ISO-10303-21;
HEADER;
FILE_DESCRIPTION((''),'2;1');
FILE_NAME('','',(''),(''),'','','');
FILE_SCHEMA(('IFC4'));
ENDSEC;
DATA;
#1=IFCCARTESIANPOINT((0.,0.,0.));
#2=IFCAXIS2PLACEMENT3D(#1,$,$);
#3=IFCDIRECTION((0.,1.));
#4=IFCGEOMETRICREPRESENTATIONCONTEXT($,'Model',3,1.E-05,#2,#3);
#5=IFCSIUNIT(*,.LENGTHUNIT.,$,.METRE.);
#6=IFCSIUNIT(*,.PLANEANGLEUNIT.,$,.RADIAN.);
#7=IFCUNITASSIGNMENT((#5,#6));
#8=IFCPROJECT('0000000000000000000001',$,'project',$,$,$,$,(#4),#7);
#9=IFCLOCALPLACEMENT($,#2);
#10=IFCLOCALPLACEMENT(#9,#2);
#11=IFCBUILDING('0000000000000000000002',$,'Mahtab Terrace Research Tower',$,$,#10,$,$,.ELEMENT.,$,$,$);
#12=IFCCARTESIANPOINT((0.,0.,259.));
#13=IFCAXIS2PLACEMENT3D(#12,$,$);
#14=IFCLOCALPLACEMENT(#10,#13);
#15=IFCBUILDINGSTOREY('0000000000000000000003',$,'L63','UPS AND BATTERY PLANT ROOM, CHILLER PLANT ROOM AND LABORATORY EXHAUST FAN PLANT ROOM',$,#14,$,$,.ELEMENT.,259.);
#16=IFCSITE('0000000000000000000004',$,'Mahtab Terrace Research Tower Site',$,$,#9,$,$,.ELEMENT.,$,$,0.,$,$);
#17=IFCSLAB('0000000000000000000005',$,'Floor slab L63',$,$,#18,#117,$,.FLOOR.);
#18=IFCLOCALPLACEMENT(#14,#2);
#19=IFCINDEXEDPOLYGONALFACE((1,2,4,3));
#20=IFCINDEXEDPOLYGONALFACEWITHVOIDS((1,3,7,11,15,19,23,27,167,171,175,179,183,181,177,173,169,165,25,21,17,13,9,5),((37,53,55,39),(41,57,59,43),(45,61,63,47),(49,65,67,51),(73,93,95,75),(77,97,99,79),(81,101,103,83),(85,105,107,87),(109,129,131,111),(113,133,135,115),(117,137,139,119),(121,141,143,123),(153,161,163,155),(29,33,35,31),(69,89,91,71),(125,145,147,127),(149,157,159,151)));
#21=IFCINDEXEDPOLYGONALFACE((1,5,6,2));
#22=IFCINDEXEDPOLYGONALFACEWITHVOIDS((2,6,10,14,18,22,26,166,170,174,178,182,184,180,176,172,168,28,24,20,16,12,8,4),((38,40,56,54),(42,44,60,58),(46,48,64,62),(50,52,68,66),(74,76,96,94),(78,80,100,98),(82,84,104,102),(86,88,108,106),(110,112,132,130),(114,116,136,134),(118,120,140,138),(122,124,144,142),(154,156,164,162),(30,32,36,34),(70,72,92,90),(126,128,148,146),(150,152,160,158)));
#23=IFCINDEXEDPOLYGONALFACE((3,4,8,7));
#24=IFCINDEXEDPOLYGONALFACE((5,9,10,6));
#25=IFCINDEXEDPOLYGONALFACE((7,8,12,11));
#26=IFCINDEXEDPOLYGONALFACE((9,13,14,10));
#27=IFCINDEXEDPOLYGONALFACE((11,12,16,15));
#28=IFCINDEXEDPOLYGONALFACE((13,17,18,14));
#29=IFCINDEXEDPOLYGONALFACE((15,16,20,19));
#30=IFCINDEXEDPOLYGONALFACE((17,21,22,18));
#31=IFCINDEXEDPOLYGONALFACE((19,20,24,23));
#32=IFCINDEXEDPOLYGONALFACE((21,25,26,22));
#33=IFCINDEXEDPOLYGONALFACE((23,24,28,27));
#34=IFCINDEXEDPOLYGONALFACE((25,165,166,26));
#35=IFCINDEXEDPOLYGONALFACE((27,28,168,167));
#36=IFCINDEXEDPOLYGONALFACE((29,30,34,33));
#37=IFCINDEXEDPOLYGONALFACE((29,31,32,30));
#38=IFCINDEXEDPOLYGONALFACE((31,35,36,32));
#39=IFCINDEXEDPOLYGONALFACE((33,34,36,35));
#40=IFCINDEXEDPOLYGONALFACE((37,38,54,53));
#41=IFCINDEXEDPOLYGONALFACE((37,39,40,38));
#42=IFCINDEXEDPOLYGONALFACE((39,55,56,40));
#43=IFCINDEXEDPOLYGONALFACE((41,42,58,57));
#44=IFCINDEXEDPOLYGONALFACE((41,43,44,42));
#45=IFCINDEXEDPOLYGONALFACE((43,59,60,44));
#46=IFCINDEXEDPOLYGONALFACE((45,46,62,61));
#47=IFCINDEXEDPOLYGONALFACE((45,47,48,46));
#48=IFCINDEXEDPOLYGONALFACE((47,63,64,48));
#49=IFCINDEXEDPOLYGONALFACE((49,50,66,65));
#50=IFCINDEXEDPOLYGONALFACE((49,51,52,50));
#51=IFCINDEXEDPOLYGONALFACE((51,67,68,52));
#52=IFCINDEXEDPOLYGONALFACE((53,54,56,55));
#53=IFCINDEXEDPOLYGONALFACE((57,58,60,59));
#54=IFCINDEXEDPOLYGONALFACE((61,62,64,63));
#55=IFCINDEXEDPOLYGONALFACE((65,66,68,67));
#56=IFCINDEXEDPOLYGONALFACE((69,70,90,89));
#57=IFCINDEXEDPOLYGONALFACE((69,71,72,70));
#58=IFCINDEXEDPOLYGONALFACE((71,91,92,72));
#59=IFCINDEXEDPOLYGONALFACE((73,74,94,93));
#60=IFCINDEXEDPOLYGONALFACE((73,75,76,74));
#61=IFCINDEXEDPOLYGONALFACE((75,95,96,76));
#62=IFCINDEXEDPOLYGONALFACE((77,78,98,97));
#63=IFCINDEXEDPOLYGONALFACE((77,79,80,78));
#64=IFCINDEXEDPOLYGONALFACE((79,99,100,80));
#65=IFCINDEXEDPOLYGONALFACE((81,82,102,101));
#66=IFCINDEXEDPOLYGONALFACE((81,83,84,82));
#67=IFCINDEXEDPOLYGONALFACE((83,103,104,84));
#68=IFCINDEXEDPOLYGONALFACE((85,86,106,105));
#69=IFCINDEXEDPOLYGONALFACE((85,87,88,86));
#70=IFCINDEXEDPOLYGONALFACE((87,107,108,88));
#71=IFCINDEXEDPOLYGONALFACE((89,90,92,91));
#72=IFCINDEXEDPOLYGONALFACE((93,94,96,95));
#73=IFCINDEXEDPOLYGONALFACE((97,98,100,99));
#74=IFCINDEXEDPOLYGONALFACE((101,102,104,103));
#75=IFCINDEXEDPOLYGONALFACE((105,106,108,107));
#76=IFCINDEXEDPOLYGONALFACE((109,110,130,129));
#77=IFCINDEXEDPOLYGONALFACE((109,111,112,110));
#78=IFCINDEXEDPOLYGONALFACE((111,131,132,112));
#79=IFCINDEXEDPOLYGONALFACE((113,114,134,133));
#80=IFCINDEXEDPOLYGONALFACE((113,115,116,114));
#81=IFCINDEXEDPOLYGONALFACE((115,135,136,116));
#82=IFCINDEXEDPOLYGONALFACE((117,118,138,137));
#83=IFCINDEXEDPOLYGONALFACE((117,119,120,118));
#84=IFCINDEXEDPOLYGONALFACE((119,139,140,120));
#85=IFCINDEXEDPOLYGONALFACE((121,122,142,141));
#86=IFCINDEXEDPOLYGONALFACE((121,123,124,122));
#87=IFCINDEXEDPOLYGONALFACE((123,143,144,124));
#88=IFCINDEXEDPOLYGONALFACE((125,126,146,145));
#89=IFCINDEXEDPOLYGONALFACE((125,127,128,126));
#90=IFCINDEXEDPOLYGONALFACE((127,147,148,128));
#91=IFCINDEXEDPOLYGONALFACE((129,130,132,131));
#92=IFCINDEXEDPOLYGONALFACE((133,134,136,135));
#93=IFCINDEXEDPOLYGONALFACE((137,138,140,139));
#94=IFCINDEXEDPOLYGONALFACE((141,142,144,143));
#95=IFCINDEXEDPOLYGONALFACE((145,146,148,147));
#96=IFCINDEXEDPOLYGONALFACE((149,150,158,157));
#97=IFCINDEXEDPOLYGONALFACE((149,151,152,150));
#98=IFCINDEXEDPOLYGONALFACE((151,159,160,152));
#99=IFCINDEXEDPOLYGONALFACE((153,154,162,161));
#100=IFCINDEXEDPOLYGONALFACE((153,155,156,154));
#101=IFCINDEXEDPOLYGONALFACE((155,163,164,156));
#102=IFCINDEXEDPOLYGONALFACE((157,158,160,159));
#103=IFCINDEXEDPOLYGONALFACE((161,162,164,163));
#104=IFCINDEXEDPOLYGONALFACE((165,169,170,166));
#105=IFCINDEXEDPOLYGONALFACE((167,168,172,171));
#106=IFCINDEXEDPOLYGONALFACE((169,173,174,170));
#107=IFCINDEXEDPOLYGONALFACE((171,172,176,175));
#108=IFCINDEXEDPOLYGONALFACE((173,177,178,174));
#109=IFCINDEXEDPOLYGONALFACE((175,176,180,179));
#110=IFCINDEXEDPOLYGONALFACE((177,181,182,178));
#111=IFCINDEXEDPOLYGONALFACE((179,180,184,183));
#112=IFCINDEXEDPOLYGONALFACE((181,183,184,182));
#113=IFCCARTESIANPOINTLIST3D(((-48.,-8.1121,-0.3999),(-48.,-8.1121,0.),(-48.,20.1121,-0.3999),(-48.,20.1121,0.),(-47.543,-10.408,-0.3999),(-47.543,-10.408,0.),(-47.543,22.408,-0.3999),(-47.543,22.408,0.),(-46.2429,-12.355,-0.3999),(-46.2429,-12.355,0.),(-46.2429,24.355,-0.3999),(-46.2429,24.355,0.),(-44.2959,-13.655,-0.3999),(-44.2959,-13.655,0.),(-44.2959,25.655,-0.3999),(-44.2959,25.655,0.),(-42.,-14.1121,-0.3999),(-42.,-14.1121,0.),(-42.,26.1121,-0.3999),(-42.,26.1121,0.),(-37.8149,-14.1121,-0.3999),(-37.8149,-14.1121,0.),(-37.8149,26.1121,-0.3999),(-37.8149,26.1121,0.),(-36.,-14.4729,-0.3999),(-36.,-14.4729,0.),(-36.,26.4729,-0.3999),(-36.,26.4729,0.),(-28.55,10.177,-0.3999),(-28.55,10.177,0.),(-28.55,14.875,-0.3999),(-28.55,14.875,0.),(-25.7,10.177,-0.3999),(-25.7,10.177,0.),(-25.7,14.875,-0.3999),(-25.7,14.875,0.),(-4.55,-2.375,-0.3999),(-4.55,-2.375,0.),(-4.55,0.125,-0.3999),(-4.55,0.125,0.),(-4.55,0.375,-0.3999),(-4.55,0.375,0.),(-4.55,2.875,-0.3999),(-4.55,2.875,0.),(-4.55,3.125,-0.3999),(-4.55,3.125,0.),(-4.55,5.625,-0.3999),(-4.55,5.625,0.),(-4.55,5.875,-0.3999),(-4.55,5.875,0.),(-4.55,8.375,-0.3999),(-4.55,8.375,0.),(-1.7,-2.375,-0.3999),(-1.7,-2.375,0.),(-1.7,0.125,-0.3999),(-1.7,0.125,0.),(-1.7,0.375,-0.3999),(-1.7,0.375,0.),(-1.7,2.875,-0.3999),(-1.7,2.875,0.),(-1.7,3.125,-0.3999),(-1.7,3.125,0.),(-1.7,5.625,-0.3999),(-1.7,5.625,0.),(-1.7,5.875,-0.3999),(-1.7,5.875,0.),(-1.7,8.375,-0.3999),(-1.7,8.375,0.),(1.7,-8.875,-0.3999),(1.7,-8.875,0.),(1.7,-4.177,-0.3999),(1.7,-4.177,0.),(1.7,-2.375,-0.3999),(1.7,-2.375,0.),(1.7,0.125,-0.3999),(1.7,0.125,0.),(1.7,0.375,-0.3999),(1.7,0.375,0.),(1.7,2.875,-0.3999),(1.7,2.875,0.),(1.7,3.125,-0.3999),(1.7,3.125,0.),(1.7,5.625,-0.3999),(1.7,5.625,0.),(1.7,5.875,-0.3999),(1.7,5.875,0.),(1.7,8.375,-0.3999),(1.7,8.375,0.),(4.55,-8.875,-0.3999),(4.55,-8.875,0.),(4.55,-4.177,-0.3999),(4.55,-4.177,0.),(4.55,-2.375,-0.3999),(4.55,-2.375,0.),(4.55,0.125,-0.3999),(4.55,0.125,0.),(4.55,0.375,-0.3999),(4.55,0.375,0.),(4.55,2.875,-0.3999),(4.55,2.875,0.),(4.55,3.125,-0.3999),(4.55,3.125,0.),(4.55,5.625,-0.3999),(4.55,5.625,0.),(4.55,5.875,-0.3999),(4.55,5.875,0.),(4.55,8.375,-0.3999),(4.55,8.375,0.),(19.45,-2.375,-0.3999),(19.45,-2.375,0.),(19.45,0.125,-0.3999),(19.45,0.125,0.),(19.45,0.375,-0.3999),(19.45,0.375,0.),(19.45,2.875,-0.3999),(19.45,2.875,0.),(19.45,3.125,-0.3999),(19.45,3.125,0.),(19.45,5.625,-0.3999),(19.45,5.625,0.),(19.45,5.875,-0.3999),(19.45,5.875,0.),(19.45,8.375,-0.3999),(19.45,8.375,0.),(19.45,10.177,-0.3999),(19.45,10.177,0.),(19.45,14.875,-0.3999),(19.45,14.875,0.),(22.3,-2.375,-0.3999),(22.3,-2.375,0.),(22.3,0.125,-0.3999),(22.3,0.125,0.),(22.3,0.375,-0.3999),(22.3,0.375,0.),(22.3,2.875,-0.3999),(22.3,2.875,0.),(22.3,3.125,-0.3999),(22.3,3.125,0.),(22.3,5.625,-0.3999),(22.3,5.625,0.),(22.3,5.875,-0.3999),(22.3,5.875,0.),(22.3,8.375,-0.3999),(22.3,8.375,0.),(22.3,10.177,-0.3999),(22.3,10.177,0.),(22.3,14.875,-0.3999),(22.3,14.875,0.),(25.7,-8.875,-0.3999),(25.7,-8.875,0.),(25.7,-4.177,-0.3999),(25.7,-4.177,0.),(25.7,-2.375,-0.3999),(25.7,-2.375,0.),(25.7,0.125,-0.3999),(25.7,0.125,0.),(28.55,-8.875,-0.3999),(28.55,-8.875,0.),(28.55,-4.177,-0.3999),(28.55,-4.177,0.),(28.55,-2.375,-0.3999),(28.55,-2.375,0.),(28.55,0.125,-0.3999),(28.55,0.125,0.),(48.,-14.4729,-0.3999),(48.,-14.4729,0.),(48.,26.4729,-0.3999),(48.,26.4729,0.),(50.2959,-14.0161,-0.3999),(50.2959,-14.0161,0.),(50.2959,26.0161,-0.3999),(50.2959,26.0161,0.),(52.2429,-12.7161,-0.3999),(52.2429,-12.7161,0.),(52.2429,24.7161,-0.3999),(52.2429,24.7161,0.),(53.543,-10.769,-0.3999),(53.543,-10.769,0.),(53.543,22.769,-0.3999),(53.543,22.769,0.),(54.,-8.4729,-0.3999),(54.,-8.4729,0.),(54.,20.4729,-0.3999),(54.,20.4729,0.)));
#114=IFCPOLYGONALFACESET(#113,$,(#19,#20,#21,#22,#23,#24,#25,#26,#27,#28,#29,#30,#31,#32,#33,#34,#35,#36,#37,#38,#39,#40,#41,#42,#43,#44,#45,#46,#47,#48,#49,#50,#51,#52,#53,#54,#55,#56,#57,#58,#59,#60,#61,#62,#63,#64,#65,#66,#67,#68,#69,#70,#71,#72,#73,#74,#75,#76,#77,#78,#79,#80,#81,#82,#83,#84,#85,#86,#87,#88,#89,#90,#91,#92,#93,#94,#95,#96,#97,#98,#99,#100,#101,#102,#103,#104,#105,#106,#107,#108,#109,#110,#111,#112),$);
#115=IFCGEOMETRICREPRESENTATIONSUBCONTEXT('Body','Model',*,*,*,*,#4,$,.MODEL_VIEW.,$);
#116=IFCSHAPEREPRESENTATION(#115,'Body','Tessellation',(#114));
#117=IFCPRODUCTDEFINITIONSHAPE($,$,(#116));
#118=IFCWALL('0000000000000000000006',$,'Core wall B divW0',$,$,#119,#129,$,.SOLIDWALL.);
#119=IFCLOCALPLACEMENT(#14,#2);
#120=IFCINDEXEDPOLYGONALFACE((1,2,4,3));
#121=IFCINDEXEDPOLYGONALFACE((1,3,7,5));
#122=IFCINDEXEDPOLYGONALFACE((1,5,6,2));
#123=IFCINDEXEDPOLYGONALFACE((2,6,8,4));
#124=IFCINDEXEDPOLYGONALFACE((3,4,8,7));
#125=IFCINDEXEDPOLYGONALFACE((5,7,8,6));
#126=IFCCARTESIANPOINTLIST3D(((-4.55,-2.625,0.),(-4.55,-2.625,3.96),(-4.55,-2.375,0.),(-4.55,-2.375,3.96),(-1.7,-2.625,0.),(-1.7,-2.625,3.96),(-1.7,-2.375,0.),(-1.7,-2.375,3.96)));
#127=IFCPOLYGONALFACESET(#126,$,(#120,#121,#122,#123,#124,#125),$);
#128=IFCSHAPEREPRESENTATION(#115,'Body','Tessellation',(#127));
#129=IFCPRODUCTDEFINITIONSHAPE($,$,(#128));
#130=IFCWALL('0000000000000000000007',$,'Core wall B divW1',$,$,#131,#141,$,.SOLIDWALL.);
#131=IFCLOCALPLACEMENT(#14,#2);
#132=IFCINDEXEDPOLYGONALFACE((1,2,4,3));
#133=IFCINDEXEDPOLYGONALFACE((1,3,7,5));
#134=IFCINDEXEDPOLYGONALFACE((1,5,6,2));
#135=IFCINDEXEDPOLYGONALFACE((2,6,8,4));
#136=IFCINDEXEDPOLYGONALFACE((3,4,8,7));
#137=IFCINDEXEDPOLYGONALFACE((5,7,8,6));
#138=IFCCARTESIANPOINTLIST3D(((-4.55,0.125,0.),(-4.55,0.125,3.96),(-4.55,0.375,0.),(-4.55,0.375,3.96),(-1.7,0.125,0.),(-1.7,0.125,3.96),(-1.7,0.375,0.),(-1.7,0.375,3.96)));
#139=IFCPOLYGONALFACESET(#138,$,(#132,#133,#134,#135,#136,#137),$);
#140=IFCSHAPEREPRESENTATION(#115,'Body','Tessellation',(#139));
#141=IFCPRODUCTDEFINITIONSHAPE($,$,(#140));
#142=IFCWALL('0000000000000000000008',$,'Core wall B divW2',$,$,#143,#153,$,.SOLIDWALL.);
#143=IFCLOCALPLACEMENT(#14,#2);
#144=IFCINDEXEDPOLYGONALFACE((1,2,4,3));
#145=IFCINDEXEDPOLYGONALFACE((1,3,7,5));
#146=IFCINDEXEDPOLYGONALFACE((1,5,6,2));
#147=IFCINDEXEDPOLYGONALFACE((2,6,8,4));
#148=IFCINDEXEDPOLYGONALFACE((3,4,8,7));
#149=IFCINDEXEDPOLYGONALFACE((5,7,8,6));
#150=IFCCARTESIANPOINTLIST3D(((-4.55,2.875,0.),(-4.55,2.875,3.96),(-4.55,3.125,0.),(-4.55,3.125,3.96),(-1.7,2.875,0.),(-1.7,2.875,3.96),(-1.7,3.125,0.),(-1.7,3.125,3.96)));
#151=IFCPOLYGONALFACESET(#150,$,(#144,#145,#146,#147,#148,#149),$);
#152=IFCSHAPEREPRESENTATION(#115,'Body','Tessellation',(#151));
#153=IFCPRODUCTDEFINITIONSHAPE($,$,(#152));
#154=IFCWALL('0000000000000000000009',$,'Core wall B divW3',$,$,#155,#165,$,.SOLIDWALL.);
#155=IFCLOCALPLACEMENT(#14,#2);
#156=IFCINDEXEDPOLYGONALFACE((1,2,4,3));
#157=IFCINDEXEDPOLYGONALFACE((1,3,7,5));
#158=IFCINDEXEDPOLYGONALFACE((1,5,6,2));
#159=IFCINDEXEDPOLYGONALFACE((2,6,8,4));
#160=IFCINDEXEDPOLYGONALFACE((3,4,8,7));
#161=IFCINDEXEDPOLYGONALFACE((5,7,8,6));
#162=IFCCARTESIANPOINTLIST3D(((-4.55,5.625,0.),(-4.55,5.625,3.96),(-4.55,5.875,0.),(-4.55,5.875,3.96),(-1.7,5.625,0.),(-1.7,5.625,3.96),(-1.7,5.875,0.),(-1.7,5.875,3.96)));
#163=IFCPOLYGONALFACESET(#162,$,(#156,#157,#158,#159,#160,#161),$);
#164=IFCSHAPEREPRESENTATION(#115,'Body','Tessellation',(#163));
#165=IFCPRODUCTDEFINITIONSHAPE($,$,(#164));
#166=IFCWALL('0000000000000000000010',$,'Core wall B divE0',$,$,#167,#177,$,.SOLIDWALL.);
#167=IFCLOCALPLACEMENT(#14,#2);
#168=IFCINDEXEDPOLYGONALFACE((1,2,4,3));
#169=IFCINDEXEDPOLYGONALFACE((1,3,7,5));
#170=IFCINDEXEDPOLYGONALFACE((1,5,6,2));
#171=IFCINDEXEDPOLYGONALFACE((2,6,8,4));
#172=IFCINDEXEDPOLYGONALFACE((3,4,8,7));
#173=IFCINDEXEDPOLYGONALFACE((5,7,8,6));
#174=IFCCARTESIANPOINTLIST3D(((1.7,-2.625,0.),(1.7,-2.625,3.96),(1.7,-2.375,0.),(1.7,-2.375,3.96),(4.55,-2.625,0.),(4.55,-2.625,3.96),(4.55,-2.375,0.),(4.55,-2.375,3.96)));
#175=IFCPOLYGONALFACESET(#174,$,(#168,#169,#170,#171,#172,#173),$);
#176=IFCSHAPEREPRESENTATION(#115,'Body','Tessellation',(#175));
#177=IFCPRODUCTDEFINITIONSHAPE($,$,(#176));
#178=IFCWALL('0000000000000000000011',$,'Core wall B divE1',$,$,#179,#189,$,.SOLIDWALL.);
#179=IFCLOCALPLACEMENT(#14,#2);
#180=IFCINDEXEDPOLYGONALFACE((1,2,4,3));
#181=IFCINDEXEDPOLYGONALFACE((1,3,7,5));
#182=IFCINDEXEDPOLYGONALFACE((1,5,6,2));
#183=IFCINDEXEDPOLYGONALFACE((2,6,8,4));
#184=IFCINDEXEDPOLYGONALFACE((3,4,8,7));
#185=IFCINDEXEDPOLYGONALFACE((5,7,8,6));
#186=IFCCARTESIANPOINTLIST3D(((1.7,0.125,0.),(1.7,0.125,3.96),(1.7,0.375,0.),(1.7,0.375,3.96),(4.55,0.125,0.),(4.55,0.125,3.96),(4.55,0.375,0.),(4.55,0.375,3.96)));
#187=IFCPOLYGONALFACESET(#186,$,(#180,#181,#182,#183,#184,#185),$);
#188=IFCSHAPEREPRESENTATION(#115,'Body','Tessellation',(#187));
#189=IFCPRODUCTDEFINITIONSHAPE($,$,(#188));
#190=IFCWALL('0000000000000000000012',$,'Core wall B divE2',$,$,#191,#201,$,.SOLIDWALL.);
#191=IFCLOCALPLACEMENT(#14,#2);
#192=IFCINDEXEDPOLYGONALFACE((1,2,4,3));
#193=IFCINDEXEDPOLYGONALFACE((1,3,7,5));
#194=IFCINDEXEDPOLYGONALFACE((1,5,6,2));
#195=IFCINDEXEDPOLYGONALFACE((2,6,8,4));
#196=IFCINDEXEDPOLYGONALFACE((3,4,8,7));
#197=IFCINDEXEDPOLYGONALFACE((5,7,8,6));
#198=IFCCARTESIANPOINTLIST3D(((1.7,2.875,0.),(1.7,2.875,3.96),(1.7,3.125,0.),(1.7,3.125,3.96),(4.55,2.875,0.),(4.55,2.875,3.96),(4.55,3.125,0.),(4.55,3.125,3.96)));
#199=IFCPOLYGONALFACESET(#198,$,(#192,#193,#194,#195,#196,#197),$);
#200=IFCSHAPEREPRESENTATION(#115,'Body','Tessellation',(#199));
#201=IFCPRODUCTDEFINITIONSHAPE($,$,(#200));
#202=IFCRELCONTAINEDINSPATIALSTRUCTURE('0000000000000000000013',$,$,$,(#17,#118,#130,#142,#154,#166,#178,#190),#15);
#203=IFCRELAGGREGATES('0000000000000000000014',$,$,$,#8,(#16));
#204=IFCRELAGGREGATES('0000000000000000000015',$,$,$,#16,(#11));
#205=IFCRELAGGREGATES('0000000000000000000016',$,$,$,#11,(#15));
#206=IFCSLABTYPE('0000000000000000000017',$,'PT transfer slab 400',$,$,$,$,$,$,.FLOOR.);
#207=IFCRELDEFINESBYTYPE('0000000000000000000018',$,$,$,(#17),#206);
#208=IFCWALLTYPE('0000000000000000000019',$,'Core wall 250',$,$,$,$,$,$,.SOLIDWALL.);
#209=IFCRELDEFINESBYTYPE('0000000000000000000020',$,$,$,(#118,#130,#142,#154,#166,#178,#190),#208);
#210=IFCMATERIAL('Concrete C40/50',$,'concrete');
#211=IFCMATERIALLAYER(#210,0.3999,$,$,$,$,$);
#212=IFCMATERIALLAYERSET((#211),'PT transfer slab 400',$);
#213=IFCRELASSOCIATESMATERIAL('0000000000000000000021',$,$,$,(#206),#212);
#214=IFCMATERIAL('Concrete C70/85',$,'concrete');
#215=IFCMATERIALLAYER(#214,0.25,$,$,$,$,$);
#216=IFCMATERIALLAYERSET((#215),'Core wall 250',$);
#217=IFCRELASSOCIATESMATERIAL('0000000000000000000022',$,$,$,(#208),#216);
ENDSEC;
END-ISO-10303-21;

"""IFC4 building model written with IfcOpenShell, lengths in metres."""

from ifc_helpers import new_model, si_unit, direction, frame, frame_2d, origin, place, context, subcontext, project, spatial, polyline, rectangle, outline, extrude, material, layer, layer_set, type_object, element, save


model = new_model("IFC4")

# Units and contexts
model_context = context("Model", 3, precision=1e-05, world=origin(), true_north=direction((0.0, 1.0)))
body_context = subcontext(model_context, "Body", "Model", "MODEL_VIEW")
ifc_project = project(units=[si_unit("LENGTHUNIT", "METRE"), si_unit("PLANEANGLEUNIT", "RADIAN")], contexts=[model_context])

# Site, building, storey
site_placement = place(None, origin())
site = spatial("IfcSite", under=ifc_project, at=site_placement, Name="Mahtab Terrace Research Tower Site", CompositionType="ELEMENT", RefElevation=0.0)
building_placement = place(site_placement, origin())
building = spatial("IfcBuilding", under=site, at=building_placement, Name="Mahtab Terrace Research Tower", CompositionType="ELEMENT")
storey_placement = place(building_placement, frame((0.0, 0.0, 259.0)))
storey = spatial("IfcBuildingStorey", under=building, at=storey_placement, Name="L63", Description="UPS AND BATTERY PLANT ROOM, CHILLER PLANT ROOM AND LABORATORY EXHAUST FAN PLANT ROOM", CompositionType="ELEMENT", Elevation=259.0)

# Shared definitions
ifc_material_1 = material(Name="Concrete C70/85", Category="concrete")

# Shared definitions
ifc_material_2 = material(Name="Concrete C40/50", Category="concrete")

# Slab
ifc_layer_1 = layer(ifc_material_2, 0.3999)
ifc_layer_set_1 = layer_set([ifc_layer_1], Name="PT transfer slab 400")
slab_type_1 = type_object("IfcSlabType", Name="PT transfer slab 400", PredefinedType="FLOOR", material=ifc_layer_set_1)
slab_1_placement = place(storey_placement, frame((0.0, 0.0, -0.3999)))
element("IfcSlab", 1, at=slab_1_placement, inside=storey, type_object=slab_type_1, Name="Floor slab L63", PredefinedType="FLOOR", context=body_context, shape_type="SweptSolid", body=[
    extrude(outline(polyline([(-37.8149, -14.1121), (-36.0, -14.4729), (48.0, -14.4729), (50.2959, -14.0161), (52.2429, -12.7161), (53.543, -10.769), (54.0, -8.4729), (54.0, 20.4729), (53.543, 22.769), (52.2429, 24.7161), (50.2959, 26.0161), (48.0, 26.4729), (-36.0, 26.4729), (-37.8149, 26.1121), (-42.0, 26.1121), (-44.2959, 25.655), (-46.2429, 24.355), (-47.543, 22.408), (-48.0, 20.1121), (-48.0, -8.1121), (-47.543, -10.408), (-46.2429, -12.355), (-44.2959, -13.655), (-42.0, -14.1121), (-37.8149, -14.1121)]), holes=[polyline([(-4.55, -2.375), (-4.55, 0.125), (-1.7, 0.125), (-1.7, -2.375), (-4.55, -2.375)]), polyline([(1.7, -2.375), (1.7, 0.125), (4.55, 0.125), (4.55, -2.375), (1.7, -2.375)]), polyline([(-4.55, 0.375), (-4.55, 2.875), (-1.7, 2.875), (-1.7, 0.375), (-4.55, 0.375)]), polyline([(1.7, 0.375), (1.7, 2.875), (4.55, 2.875), (4.55, 0.375), (1.7, 0.375)]), polyline([(-4.55, 3.125), (-4.55, 5.625), (-1.7, 5.625), (-1.7, 3.125), (-4.55, 3.125)]), polyline([(1.7, 3.125), (1.7, 5.625), (4.55, 5.625), (4.55, 3.125), (1.7, 3.125)]), polyline([(-4.55, 5.875), (-4.55, 8.375), (-1.7, 8.375), (-1.7, 5.875), (-4.55, 5.875)]), polyline([(1.7, 5.875), (1.7, 8.375), (4.55, 8.375), (4.55, 5.875), (1.7, 5.875)]), polyline([(-28.55, 10.177), (-28.55, 14.875), (-25.7, 14.875), (-25.7, 10.177), (-28.55, 10.177)]), polyline([(1.7, -8.875), (1.7, -4.177), (4.55, -4.177), (4.55, -8.875), (1.7, -8.875)]), polyline([(25.7, -8.875), (25.7, -4.177), (28.55, -4.177), (28.55, -8.875), (25.7, -8.875)]), polyline([(19.45, -2.375), (19.45, 0.125), (22.3, 0.125), (22.3, -2.375), (19.45, -2.375)]), polyline([(25.7, -2.375), (25.7, 0.125), (28.55, 0.125), (28.55, -2.375), (25.7, -2.375)]), polyline([(19.45, 0.375), (19.45, 2.875), (22.3, 2.875), (22.3, 0.375), (19.45, 0.375)]), polyline([(19.45, 3.125), (19.45, 5.625), (22.3, 5.625), (22.3, 3.125), (19.45, 3.125)]), polyline([(19.45, 8.375), (22.3, 8.375), (22.3, 5.875), (19.45, 5.875), (19.45, 8.375)]), polyline([(19.45, 14.875), (22.3, 14.875), (22.3, 10.177), (19.45, 10.177), (19.45, 14.875)])]), origin(), (0.0, 0.0, 1.0), 0.3999),
])

# Walls
ifc_layer_2 = layer(ifc_material_1, 0.25)
ifc_layer_set_2 = layer_set([ifc_layer_2], Name="Core wall 250")
wall_type = type_object("IfcWallType", Name="Core wall 250", PredefinedType="SOLIDWALL", material=ifc_layer_set_2)
for number, where, z_axis, x_axis, name in (
    (2, (-4.55, -2.5, 0.0), (0.0, 0.0, 1.0), (1.0, 0.0, 0.0), "Core wall B divW0"),
    (3, (-4.55, 0.25, 0.0), (0.0, 0.0, 1.0), (1.0, 0.0, 0.0), "Core wall B divW1"),
    (4, (-4.55, 3.0, 0.0), (0.0, 0.0, 1.0), (1.0, 0.0, 0.0), "Core wall B divW2"),
    (5, (-4.55, 5.75, 0.0), (0.0, 0.0, 1.0), (1.0, 0.0, 0.0), "Core wall B divW3"),
    (6, (1.7, -2.5, 0.0), (0.0, 0.0, 1.0), (1.0, 0.0, 0.0), "Core wall B divE0"),
    (7, (1.7, 0.25, 0.0), (0.0, 0.0, 1.0), (1.0, 0.0, 0.0), "Core wall B divE1"),
    (8, (1.7, 3.0, 0.0), (0.0, 0.0, 1.0), (1.0, 0.0, 0.0), "Core wall B divE2"),
):
    element("IfcWall", number, at=place(storey_placement, frame(where, z_axis=z_axis, x_axis=x_axis)), inside=storey, type_object=wall_type, Name=name, PredefinedType="SOLIDWALL", context=body_context, shape_type="SweptSolid", body=[
        extrude(rectangle(XDim=2.8501, YDim=0.25, at=frame_2d((1.425, 0.0))), origin(), (0.0, 0.0, 1.0), 3.96),
    ])

save(model, "model.ifc")
